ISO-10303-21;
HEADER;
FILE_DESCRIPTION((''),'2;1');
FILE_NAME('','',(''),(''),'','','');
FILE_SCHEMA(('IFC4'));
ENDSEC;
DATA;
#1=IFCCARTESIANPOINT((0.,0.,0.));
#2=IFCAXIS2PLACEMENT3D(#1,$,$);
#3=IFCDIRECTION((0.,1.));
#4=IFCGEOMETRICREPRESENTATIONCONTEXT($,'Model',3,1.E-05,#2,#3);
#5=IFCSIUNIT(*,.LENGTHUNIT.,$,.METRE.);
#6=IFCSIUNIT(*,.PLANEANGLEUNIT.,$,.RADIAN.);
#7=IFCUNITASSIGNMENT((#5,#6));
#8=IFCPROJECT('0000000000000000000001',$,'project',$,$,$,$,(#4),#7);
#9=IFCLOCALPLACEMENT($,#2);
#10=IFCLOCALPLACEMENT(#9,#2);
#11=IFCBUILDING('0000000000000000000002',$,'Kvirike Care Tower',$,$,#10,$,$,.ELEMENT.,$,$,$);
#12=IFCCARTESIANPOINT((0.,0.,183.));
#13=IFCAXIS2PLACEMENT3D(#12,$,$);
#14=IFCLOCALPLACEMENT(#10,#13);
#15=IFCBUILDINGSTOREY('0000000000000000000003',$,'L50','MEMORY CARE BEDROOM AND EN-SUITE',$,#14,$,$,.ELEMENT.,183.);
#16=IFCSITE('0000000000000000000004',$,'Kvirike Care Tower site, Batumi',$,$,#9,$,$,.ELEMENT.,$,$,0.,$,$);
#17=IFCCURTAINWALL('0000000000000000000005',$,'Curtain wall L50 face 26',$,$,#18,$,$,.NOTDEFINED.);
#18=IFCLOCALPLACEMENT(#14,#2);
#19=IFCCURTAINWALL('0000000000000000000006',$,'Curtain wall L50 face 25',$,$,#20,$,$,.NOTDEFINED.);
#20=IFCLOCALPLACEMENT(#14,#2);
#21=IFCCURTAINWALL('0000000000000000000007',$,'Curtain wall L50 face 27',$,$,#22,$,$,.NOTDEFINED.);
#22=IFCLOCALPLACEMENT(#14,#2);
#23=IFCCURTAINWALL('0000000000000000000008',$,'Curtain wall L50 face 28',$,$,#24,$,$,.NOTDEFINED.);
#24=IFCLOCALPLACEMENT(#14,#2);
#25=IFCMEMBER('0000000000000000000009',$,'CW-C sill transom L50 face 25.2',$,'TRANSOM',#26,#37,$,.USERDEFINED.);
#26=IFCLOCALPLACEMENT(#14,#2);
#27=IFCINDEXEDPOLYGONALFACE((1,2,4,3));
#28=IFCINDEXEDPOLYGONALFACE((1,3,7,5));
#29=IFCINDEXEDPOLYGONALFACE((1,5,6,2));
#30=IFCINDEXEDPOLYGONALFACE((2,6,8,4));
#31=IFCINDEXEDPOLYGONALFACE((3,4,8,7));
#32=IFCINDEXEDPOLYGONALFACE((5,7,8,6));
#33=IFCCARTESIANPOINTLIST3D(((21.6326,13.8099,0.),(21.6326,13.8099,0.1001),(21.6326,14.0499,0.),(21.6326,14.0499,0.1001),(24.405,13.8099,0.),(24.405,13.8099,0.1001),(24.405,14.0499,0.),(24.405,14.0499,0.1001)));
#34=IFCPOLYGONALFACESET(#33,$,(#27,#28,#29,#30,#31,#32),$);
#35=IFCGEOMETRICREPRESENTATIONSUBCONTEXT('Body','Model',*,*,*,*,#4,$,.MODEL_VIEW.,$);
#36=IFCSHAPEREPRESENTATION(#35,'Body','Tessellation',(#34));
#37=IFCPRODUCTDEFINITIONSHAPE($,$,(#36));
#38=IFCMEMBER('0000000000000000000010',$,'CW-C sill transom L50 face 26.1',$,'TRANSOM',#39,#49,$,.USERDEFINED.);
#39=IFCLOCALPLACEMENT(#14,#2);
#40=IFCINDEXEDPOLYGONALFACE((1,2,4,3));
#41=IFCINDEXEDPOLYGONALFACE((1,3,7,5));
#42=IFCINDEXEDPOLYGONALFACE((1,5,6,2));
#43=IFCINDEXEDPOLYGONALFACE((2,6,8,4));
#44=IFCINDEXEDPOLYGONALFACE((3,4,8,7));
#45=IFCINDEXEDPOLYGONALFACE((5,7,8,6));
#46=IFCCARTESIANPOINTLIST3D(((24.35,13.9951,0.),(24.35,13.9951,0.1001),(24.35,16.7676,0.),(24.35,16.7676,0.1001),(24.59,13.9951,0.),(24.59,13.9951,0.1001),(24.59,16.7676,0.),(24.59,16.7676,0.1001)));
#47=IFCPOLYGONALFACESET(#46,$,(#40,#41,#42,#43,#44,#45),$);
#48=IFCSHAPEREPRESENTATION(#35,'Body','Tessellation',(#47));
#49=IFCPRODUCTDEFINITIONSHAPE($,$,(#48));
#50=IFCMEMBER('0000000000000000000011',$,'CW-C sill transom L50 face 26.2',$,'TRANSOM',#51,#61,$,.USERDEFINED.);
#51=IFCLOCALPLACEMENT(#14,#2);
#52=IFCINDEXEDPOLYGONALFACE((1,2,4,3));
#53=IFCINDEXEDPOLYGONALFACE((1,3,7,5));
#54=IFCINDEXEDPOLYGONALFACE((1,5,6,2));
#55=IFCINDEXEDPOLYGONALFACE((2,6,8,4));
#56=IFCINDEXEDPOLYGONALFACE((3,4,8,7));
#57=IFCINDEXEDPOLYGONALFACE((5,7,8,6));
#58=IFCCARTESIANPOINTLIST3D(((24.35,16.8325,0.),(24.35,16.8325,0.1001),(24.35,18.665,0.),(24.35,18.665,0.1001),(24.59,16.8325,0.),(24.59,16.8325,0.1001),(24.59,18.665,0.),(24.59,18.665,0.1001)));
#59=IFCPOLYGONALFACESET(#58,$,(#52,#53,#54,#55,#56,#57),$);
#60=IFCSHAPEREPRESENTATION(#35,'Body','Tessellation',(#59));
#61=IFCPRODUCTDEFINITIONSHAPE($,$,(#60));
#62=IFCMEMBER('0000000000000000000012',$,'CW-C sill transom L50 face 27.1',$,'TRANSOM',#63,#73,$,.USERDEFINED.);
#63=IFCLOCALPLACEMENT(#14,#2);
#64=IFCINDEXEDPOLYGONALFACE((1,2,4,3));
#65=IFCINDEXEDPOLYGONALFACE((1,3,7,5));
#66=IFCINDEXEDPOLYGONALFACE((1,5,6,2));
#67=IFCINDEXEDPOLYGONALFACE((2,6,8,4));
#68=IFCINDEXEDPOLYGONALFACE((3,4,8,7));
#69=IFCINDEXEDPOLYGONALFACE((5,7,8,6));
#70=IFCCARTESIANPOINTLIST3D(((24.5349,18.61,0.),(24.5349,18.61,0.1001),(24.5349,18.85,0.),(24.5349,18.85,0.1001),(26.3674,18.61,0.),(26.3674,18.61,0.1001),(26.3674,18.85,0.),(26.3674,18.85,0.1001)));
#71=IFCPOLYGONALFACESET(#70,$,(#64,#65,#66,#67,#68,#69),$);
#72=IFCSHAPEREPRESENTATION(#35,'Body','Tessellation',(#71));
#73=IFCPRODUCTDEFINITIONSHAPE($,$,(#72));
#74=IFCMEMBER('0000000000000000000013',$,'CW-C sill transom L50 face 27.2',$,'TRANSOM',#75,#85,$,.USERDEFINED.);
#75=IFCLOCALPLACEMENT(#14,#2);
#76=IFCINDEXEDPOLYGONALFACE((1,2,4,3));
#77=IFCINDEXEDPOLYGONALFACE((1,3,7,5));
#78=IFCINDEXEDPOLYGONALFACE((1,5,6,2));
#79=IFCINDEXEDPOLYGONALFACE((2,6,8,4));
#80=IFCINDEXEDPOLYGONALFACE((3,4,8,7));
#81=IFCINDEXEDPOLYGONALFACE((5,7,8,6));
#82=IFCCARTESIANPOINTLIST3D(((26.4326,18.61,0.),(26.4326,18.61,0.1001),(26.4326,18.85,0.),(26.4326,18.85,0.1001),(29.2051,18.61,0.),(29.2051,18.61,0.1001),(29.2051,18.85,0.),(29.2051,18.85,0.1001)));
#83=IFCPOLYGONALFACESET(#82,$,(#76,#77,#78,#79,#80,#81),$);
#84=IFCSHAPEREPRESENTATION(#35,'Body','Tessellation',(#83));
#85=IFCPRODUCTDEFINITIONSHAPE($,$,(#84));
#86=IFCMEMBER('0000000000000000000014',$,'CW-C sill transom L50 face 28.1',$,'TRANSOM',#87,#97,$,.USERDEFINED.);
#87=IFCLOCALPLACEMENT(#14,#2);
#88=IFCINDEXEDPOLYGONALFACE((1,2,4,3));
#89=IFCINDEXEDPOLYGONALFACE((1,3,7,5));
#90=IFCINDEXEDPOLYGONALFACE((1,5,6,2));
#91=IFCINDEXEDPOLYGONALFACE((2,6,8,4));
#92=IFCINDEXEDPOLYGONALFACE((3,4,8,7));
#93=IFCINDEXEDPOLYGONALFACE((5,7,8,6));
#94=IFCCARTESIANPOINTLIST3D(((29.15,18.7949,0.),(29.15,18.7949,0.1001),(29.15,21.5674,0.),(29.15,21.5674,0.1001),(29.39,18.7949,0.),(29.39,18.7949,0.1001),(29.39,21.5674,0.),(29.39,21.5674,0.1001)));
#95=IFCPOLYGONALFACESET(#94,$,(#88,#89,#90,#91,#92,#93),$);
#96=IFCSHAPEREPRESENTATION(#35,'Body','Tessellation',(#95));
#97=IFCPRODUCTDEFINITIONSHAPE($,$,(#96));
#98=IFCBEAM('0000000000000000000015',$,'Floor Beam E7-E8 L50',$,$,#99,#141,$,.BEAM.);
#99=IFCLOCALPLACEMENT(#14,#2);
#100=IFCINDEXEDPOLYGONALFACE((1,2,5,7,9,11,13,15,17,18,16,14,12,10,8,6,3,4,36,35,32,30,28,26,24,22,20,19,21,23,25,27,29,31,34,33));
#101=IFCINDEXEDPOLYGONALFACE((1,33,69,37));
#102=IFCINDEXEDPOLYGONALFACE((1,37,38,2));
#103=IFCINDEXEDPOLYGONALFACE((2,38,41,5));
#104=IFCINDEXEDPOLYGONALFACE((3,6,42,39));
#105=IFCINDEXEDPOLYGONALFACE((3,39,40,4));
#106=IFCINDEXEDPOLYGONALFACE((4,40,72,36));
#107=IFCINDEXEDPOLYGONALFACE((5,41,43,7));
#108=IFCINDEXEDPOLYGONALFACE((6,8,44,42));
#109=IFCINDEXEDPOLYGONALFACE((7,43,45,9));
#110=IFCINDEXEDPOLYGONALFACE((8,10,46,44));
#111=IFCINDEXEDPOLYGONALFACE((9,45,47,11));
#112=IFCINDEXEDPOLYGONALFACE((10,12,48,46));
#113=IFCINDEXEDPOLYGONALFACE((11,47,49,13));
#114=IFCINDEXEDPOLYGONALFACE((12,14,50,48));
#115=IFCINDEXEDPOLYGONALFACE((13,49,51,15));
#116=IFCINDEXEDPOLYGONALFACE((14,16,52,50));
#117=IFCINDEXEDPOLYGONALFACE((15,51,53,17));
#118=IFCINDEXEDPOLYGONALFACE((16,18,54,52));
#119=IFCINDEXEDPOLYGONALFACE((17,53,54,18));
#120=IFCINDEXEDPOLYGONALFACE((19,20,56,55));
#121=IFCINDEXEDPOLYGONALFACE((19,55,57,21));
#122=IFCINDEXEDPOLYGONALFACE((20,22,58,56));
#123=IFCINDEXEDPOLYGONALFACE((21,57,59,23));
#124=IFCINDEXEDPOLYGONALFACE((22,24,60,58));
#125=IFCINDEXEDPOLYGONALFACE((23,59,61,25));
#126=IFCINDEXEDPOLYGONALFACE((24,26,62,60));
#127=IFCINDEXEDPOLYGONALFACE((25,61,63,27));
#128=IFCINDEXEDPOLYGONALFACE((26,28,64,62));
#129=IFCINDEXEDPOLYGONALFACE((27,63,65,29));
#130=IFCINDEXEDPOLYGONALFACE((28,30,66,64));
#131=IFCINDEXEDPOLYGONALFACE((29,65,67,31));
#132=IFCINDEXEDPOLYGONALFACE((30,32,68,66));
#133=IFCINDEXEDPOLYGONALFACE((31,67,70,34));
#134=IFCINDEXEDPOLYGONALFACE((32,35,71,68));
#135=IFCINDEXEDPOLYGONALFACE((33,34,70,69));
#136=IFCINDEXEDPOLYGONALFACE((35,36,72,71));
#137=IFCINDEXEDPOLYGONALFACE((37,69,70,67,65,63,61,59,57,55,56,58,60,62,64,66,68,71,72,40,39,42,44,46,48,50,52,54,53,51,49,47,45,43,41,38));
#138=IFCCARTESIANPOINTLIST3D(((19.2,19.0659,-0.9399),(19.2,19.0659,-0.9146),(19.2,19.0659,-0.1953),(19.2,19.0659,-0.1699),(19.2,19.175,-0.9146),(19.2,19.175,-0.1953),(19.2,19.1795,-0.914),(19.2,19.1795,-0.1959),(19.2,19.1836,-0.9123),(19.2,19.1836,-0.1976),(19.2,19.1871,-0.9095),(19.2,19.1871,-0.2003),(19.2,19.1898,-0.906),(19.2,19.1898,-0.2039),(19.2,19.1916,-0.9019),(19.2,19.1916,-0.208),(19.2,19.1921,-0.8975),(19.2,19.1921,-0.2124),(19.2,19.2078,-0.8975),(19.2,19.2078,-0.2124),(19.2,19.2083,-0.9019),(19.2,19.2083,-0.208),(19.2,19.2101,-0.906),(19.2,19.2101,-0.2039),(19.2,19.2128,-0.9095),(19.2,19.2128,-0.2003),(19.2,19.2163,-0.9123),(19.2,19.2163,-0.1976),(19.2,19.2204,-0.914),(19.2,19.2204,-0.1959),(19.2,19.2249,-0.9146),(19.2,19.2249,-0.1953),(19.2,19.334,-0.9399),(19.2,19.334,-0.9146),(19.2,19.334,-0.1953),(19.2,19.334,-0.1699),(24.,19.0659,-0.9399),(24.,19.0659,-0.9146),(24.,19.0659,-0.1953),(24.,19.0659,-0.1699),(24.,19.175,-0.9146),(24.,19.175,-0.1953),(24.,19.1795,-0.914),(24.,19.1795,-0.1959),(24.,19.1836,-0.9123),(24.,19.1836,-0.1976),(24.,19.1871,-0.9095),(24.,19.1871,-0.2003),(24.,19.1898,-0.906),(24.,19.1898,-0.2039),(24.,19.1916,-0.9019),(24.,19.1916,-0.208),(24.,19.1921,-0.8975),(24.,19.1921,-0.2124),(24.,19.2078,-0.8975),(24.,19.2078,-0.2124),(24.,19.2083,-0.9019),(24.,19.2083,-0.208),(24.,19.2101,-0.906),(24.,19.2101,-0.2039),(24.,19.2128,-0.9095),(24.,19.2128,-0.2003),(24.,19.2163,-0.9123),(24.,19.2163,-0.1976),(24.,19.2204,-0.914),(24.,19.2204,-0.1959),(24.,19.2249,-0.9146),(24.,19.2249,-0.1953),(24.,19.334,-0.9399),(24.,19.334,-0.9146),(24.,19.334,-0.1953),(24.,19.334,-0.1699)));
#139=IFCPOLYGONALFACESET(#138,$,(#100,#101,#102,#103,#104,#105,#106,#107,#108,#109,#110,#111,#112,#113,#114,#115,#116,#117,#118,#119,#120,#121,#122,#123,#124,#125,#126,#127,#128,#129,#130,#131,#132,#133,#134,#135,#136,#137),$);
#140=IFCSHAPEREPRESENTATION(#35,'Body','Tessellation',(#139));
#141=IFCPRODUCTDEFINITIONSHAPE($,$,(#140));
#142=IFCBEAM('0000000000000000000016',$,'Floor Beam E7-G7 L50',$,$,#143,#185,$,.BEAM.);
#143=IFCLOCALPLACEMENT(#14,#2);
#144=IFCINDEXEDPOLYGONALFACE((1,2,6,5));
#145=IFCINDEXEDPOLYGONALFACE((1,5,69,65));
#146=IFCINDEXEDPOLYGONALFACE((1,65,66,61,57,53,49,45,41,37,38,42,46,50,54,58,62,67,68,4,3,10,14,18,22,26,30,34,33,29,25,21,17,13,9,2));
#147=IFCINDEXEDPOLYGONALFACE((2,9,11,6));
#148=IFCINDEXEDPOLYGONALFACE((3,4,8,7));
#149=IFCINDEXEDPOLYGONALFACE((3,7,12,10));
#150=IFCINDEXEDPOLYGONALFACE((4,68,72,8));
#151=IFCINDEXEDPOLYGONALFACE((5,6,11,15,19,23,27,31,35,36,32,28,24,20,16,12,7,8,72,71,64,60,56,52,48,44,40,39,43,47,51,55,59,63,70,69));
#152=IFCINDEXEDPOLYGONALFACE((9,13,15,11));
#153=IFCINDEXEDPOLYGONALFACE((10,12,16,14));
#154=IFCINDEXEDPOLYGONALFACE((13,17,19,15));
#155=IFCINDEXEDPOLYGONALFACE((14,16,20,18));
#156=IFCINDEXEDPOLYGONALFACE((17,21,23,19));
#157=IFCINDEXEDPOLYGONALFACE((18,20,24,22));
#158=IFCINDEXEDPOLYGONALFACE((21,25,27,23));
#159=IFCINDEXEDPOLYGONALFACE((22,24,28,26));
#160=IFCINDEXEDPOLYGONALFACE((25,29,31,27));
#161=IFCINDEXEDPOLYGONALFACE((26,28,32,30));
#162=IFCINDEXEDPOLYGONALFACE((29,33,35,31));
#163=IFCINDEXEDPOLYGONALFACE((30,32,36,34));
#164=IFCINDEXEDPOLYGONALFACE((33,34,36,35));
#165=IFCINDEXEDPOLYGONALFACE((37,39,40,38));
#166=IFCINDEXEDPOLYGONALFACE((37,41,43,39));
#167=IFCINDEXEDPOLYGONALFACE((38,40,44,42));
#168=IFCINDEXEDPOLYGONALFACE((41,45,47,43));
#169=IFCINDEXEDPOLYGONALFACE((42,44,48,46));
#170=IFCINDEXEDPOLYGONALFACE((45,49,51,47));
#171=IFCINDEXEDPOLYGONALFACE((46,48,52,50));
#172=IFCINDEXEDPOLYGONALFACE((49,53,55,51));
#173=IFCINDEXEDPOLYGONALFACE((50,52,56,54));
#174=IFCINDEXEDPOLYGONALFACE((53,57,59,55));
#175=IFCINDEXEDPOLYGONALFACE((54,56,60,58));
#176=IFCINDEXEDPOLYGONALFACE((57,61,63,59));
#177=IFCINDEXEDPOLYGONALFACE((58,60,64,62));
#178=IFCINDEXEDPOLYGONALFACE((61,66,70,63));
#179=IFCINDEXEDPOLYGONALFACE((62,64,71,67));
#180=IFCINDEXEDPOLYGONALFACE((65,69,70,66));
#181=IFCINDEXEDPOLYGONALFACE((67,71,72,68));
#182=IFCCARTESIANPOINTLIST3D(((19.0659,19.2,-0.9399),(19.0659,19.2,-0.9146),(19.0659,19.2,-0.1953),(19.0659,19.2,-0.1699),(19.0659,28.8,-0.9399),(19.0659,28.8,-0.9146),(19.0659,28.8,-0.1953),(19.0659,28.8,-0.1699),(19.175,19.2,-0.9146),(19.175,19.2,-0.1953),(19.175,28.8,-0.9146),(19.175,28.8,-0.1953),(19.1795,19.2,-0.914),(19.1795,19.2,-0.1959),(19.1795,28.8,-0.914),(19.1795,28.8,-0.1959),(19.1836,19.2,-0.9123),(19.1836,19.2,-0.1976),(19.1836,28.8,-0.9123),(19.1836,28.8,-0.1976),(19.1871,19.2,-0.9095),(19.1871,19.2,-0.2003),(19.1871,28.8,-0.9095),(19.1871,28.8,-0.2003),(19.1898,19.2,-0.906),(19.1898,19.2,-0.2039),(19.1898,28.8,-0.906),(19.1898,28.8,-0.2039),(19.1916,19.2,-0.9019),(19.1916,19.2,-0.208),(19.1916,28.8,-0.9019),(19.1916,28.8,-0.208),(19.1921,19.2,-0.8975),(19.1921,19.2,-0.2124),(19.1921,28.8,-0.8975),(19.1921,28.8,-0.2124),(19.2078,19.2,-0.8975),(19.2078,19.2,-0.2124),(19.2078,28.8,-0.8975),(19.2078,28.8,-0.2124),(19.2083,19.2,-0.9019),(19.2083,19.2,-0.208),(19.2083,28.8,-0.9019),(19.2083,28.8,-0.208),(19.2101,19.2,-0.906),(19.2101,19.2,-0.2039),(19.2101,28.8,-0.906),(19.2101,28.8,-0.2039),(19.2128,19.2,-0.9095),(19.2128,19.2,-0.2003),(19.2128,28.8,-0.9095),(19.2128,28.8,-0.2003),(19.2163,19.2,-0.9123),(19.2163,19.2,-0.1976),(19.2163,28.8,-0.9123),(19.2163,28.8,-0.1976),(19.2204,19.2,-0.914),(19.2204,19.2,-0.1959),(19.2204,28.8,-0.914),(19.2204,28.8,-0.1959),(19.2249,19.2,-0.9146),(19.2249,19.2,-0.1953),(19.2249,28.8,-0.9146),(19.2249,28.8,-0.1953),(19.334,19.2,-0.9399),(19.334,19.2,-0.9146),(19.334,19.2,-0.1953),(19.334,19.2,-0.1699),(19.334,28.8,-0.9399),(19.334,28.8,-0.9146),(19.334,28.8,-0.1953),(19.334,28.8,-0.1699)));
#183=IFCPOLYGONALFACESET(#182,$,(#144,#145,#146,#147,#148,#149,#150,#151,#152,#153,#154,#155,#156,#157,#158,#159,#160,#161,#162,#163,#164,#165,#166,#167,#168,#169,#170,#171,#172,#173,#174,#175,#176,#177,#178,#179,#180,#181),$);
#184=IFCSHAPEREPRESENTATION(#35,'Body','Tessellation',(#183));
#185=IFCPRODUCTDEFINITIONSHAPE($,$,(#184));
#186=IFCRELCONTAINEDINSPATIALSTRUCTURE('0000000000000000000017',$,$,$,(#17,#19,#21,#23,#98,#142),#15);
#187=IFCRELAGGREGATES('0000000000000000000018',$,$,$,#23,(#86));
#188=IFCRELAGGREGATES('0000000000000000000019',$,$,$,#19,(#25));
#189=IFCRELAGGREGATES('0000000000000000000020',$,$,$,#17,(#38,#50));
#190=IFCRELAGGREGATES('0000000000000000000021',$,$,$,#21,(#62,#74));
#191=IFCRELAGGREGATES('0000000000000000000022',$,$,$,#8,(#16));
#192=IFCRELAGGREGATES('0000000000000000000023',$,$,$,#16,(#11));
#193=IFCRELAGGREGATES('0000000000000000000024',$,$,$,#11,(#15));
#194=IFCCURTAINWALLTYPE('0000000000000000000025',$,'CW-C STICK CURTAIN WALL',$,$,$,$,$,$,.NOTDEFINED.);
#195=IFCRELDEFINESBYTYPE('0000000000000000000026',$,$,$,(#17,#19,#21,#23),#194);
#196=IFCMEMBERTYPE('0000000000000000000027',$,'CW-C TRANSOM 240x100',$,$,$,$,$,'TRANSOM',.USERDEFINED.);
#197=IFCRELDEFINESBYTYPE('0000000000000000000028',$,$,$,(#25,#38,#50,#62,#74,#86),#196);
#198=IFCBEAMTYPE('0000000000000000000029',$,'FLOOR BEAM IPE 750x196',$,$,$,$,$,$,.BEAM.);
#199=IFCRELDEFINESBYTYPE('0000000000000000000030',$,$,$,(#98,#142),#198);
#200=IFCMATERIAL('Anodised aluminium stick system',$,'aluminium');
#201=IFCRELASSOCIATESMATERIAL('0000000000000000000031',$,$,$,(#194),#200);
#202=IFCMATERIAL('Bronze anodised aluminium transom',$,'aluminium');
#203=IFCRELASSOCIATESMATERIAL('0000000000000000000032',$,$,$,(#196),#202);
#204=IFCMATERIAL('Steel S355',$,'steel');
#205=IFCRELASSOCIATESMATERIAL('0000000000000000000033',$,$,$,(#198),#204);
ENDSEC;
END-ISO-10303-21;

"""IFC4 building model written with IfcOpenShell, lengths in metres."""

from ifc_helpers import new_model, si_unit, direction, frame, origin, origin_2d, place, context, subcontext, project, spatial, rectangle, i_section, extrude, material, material_profile, profile_set, type_object, element, aggregate, save


model = new_model("IFC4")

# Units and contexts
model_context = context("Model", 3, precision=1e-05, world=origin(), true_north=direction((0.0, 1.0)))
body_context = subcontext(model_context, "Body", "Model", "MODEL_VIEW")
ifc_project = project(units=[si_unit("LENGTHUNIT", "METRE"), si_unit("PLANEANGLEUNIT", "RADIAN")], contexts=[model_context])

# Site, building, storey
site_placement = place(None, origin())
site = spatial("IfcSite", under=ifc_project, at=site_placement, Name="Kvirike Care Tower site, Batumi", CompositionType="ELEMENT", RefElevation=0.0)
building_placement = place(site_placement, origin())
building = spatial("IfcBuilding", under=site, at=building_placement, Name="Kvirike Care Tower", CompositionType="ELEMENT")
storey_placement = place(building_placement, frame((0.0, 0.0, 183.0)))
storey = spatial("IfcBuildingStorey", under=building, at=storey_placement, Name="L50", Description="MEMORY CARE BEDROOM AND EN-SUITE", CompositionType="ELEMENT", Elevation=183.0)

# Curtain wall
ifc_material_1 = material(Name="Anodised aluminium stick system", Category="aluminium")
curtain_wall_type = type_object("IfcCurtainWallType", Name="CW-C STICK CURTAIN WALL", PredefinedType="NOTDEFINED", material=ifc_material_1)
curtain_wall_1_placement = place(storey_placement, origin())
curtain_wall_1 = element("IfcCurtainWall", 1, at=curtain_wall_1_placement, inside=storey, type_object=curtain_wall_type, Name="Curtain wall L50 face 26", PredefinedType="NOTDEFINED")

# Curtain wall
curtain_wall_2_placement = place(storey_placement, origin())
curtain_wall_2 = element("IfcCurtainWall", 2, at=curtain_wall_2_placement, inside=storey, type_object=curtain_wall_type, Name="Curtain wall L50 face 25", PredefinedType="NOTDEFINED")

# Curtain wall
curtain_wall_3_placement = place(storey_placement, origin())
curtain_wall_3 = element("IfcCurtainWall", 3, at=curtain_wall_3_placement, inside=storey, type_object=curtain_wall_type, Name="Curtain wall L50 face 27", PredefinedType="NOTDEFINED")

# Curtain wall
curtain_wall_4_placement = place(storey_placement, origin())
curtain_wall_4 = element("IfcCurtainWall", 4, at=curtain_wall_4_placement, inside=storey, type_object=curtain_wall_type, Name="Curtain wall L50 face 28", PredefinedType="NOTDEFINED")

# Members
ifc_material_2 = material(Name="Bronze anodised aluminium transom", Category="aluminium")
ifc_material_profile_1 = material_profile(ifc_material_2, rectangle(XDim=0.24, YDim=0.1001, at=origin_2d()), Name="CW-C TRANSOM 240x100")
ifc_profile_set_1 = profile_set([ifc_material_profile_1], Name="Bronze anodised aluminium transom")
member_type_1 = type_object("IfcMemberType", Name="CW-C TRANSOM 240x100", ElementType="TRANSOM", PredefinedType="USERDEFINED", material=ifc_profile_set_1)
member_1_placement = place(storey_placement, frame((21.6326, 13.9299, 0.05), z_axis=(1.0, 0.0, 0.0), x_axis=(0.0, 1.0, 0.0)))
member_1 = element("IfcMember", 5, at=member_1_placement, type_object=member_type_1, Name="CW-C sill transom L50 face 25.2", ObjectType="TRANSOM", PredefinedType="USERDEFINED", context=body_context, shape_type="SweptSolid", body=[
    extrude(rectangle(XDim=0.24, YDim=0.1001, at=origin_2d()), origin(), (0.0, 0.0, 1.0), 2.7725),
])
member_2_placement = place(storey_placement, frame((24.47, 13.9951, 0.05), z_axis=(0.0, 1.0, 0.0), x_axis=(-1.0, 0.0, 0.0)))
member_2 = element("IfcMember", 6, at=member_2_placement, type_object=member_type_1, Name="CW-C sill transom L50 face 26.1", ObjectType="TRANSOM", PredefinedType="USERDEFINED", context=body_context, shape_type="SweptSolid", body=[
    extrude(rectangle(XDim=0.24, YDim=0.1001, at=origin_2d()), origin(), (0.0, 0.0, 1.0), 2.7725),
])
member_3_placement = place(storey_placement, frame((24.47, 16.8325, 0.05), z_axis=(0.0, 1.0, 0.0), x_axis=(-1.0, 0.0, 0.0)))
member_3 = element("IfcMember", 7, at=member_3_placement, type_object=member_type_1, Name="CW-C sill transom L50 face 26.2", ObjectType="TRANSOM", PredefinedType="USERDEFINED", context=body_context, shape_type="SweptSolid", body=[
    extrude(rectangle(XDim=0.24, YDim=0.1001, at=origin_2d()), origin(), (0.0, 0.0, 1.0), 1.8325),
])
member_4_placement = place(storey_placement, frame((24.5349, 18.73, 0.05), z_axis=(1.0, 0.0, 0.0), x_axis=(0.0, 1.0, 0.0)))
member_4 = element("IfcMember", 8, at=member_4_placement, type_object=member_type_1, Name="CW-C sill transom L50 face 27.1", ObjectType="TRANSOM", PredefinedType="USERDEFINED", context=body_context, shape_type="SweptSolid", body=[
    extrude(rectangle(XDim=0.24, YDim=0.1001, at=origin_2d()), origin(), (0.0, 0.0, 1.0), 1.8325),
])
member_5_placement = place(storey_placement, frame((26.4326, 18.73, 0.05), z_axis=(1.0, 0.0, 0.0), x_axis=(0.0, 1.0, 0.0)))
member_5 = element("IfcMember", 9, at=member_5_placement, type_object=member_type_1, Name="CW-C sill transom L50 face 27.2", ObjectType="TRANSOM", PredefinedType="USERDEFINED", context=body_context, shape_type="SweptSolid", body=[
    extrude(rectangle(XDim=0.24, YDim=0.1001, at=origin_2d()), origin(), (0.0, 0.0, 1.0), 2.7725),
])
member_6_placement = place(storey_placement, frame((29.27, 18.7949, 0.05), z_axis=(0.0, 1.0, 0.0), x_axis=(-1.0, 0.0, 0.0)))
member_6 = element("IfcMember", 10, at=member_6_placement, type_object=member_type_1, Name="CW-C sill transom L50 face 28.1", ObjectType="TRANSOM", PredefinedType="USERDEFINED", context=body_context, shape_type="SweptSolid", body=[
    extrude(rectangle(XDim=0.24, YDim=0.1001, at=origin_2d()), origin(), (0.0, 0.0, 1.0), 2.7725),
])
aggregate(curtain_wall_4, [member_6])

# Beams
ifc_material_3 = material(Name="Steel S355", Category="steel")
ifc_material_profile_2 = material_profile(ifc_material_3, i_section(OverallWidth=0.2681, OverallDepth=0.77, WebThickness=0.0156, FlangeThickness=0.0254, FilletRadius=0.0171, at=origin_2d()), Name="IPE 750x196")
ifc_profile_set_2 = profile_set([ifc_material_profile_2], Name="Steel S355")
beam_type_1 = type_object("IfcBeamType", Name="FLOOR BEAM IPE 750x196", PredefinedType="BEAM", material=ifc_profile_set_2)
beam_1_placement = place(storey_placement, frame((19.2, 19.2, -0.5549), z_axis=(1.0, 0.0, 0.0), x_axis=(0.0, 1.0, 0.0)))
element("IfcBeam", 11, at=beam_1_placement, inside=storey, type_object=beam_type_1, Name="Floor Beam E7-E8 L50", PredefinedType="BEAM", context=body_context, shape_type="SweptSolid", body=[
    extrude(i_section(OverallWidth=0.2681, OverallDepth=0.77, WebThickness=0.0156, FlangeThickness=0.0254, FilletRadius=0.0171, at=origin_2d()), origin(), (0.0, 0.0, 1.0), 4.8),
])
beam_2_placement = place(storey_placement, frame((19.2, 19.2, -0.5549), z_axis=(0.0, 1.0, 0.0), x_axis=(-1.0, 0.0, 0.0)))
element("IfcBeam", 12, at=beam_2_placement, inside=storey, type_object=beam_type_1, Name="Floor Beam E7-G7 L50", PredefinedType="BEAM", context=body_context, shape_type="SweptSolid", body=[
    extrude(i_section(OverallWidth=0.2681, OverallDepth=0.77, WebThickness=0.0156, FlangeThickness=0.0254, FilletRadius=0.0171, at=origin_2d()), origin(), (0.0, 0.0, 1.0), 9.6001),
])

aggregate(curtain_wall_2, [member_1])
aggregate(curtain_wall_1, [member_2, member_3])
aggregate(curtain_wall_3, [member_4, member_5])

save(model, "model.ifc")
